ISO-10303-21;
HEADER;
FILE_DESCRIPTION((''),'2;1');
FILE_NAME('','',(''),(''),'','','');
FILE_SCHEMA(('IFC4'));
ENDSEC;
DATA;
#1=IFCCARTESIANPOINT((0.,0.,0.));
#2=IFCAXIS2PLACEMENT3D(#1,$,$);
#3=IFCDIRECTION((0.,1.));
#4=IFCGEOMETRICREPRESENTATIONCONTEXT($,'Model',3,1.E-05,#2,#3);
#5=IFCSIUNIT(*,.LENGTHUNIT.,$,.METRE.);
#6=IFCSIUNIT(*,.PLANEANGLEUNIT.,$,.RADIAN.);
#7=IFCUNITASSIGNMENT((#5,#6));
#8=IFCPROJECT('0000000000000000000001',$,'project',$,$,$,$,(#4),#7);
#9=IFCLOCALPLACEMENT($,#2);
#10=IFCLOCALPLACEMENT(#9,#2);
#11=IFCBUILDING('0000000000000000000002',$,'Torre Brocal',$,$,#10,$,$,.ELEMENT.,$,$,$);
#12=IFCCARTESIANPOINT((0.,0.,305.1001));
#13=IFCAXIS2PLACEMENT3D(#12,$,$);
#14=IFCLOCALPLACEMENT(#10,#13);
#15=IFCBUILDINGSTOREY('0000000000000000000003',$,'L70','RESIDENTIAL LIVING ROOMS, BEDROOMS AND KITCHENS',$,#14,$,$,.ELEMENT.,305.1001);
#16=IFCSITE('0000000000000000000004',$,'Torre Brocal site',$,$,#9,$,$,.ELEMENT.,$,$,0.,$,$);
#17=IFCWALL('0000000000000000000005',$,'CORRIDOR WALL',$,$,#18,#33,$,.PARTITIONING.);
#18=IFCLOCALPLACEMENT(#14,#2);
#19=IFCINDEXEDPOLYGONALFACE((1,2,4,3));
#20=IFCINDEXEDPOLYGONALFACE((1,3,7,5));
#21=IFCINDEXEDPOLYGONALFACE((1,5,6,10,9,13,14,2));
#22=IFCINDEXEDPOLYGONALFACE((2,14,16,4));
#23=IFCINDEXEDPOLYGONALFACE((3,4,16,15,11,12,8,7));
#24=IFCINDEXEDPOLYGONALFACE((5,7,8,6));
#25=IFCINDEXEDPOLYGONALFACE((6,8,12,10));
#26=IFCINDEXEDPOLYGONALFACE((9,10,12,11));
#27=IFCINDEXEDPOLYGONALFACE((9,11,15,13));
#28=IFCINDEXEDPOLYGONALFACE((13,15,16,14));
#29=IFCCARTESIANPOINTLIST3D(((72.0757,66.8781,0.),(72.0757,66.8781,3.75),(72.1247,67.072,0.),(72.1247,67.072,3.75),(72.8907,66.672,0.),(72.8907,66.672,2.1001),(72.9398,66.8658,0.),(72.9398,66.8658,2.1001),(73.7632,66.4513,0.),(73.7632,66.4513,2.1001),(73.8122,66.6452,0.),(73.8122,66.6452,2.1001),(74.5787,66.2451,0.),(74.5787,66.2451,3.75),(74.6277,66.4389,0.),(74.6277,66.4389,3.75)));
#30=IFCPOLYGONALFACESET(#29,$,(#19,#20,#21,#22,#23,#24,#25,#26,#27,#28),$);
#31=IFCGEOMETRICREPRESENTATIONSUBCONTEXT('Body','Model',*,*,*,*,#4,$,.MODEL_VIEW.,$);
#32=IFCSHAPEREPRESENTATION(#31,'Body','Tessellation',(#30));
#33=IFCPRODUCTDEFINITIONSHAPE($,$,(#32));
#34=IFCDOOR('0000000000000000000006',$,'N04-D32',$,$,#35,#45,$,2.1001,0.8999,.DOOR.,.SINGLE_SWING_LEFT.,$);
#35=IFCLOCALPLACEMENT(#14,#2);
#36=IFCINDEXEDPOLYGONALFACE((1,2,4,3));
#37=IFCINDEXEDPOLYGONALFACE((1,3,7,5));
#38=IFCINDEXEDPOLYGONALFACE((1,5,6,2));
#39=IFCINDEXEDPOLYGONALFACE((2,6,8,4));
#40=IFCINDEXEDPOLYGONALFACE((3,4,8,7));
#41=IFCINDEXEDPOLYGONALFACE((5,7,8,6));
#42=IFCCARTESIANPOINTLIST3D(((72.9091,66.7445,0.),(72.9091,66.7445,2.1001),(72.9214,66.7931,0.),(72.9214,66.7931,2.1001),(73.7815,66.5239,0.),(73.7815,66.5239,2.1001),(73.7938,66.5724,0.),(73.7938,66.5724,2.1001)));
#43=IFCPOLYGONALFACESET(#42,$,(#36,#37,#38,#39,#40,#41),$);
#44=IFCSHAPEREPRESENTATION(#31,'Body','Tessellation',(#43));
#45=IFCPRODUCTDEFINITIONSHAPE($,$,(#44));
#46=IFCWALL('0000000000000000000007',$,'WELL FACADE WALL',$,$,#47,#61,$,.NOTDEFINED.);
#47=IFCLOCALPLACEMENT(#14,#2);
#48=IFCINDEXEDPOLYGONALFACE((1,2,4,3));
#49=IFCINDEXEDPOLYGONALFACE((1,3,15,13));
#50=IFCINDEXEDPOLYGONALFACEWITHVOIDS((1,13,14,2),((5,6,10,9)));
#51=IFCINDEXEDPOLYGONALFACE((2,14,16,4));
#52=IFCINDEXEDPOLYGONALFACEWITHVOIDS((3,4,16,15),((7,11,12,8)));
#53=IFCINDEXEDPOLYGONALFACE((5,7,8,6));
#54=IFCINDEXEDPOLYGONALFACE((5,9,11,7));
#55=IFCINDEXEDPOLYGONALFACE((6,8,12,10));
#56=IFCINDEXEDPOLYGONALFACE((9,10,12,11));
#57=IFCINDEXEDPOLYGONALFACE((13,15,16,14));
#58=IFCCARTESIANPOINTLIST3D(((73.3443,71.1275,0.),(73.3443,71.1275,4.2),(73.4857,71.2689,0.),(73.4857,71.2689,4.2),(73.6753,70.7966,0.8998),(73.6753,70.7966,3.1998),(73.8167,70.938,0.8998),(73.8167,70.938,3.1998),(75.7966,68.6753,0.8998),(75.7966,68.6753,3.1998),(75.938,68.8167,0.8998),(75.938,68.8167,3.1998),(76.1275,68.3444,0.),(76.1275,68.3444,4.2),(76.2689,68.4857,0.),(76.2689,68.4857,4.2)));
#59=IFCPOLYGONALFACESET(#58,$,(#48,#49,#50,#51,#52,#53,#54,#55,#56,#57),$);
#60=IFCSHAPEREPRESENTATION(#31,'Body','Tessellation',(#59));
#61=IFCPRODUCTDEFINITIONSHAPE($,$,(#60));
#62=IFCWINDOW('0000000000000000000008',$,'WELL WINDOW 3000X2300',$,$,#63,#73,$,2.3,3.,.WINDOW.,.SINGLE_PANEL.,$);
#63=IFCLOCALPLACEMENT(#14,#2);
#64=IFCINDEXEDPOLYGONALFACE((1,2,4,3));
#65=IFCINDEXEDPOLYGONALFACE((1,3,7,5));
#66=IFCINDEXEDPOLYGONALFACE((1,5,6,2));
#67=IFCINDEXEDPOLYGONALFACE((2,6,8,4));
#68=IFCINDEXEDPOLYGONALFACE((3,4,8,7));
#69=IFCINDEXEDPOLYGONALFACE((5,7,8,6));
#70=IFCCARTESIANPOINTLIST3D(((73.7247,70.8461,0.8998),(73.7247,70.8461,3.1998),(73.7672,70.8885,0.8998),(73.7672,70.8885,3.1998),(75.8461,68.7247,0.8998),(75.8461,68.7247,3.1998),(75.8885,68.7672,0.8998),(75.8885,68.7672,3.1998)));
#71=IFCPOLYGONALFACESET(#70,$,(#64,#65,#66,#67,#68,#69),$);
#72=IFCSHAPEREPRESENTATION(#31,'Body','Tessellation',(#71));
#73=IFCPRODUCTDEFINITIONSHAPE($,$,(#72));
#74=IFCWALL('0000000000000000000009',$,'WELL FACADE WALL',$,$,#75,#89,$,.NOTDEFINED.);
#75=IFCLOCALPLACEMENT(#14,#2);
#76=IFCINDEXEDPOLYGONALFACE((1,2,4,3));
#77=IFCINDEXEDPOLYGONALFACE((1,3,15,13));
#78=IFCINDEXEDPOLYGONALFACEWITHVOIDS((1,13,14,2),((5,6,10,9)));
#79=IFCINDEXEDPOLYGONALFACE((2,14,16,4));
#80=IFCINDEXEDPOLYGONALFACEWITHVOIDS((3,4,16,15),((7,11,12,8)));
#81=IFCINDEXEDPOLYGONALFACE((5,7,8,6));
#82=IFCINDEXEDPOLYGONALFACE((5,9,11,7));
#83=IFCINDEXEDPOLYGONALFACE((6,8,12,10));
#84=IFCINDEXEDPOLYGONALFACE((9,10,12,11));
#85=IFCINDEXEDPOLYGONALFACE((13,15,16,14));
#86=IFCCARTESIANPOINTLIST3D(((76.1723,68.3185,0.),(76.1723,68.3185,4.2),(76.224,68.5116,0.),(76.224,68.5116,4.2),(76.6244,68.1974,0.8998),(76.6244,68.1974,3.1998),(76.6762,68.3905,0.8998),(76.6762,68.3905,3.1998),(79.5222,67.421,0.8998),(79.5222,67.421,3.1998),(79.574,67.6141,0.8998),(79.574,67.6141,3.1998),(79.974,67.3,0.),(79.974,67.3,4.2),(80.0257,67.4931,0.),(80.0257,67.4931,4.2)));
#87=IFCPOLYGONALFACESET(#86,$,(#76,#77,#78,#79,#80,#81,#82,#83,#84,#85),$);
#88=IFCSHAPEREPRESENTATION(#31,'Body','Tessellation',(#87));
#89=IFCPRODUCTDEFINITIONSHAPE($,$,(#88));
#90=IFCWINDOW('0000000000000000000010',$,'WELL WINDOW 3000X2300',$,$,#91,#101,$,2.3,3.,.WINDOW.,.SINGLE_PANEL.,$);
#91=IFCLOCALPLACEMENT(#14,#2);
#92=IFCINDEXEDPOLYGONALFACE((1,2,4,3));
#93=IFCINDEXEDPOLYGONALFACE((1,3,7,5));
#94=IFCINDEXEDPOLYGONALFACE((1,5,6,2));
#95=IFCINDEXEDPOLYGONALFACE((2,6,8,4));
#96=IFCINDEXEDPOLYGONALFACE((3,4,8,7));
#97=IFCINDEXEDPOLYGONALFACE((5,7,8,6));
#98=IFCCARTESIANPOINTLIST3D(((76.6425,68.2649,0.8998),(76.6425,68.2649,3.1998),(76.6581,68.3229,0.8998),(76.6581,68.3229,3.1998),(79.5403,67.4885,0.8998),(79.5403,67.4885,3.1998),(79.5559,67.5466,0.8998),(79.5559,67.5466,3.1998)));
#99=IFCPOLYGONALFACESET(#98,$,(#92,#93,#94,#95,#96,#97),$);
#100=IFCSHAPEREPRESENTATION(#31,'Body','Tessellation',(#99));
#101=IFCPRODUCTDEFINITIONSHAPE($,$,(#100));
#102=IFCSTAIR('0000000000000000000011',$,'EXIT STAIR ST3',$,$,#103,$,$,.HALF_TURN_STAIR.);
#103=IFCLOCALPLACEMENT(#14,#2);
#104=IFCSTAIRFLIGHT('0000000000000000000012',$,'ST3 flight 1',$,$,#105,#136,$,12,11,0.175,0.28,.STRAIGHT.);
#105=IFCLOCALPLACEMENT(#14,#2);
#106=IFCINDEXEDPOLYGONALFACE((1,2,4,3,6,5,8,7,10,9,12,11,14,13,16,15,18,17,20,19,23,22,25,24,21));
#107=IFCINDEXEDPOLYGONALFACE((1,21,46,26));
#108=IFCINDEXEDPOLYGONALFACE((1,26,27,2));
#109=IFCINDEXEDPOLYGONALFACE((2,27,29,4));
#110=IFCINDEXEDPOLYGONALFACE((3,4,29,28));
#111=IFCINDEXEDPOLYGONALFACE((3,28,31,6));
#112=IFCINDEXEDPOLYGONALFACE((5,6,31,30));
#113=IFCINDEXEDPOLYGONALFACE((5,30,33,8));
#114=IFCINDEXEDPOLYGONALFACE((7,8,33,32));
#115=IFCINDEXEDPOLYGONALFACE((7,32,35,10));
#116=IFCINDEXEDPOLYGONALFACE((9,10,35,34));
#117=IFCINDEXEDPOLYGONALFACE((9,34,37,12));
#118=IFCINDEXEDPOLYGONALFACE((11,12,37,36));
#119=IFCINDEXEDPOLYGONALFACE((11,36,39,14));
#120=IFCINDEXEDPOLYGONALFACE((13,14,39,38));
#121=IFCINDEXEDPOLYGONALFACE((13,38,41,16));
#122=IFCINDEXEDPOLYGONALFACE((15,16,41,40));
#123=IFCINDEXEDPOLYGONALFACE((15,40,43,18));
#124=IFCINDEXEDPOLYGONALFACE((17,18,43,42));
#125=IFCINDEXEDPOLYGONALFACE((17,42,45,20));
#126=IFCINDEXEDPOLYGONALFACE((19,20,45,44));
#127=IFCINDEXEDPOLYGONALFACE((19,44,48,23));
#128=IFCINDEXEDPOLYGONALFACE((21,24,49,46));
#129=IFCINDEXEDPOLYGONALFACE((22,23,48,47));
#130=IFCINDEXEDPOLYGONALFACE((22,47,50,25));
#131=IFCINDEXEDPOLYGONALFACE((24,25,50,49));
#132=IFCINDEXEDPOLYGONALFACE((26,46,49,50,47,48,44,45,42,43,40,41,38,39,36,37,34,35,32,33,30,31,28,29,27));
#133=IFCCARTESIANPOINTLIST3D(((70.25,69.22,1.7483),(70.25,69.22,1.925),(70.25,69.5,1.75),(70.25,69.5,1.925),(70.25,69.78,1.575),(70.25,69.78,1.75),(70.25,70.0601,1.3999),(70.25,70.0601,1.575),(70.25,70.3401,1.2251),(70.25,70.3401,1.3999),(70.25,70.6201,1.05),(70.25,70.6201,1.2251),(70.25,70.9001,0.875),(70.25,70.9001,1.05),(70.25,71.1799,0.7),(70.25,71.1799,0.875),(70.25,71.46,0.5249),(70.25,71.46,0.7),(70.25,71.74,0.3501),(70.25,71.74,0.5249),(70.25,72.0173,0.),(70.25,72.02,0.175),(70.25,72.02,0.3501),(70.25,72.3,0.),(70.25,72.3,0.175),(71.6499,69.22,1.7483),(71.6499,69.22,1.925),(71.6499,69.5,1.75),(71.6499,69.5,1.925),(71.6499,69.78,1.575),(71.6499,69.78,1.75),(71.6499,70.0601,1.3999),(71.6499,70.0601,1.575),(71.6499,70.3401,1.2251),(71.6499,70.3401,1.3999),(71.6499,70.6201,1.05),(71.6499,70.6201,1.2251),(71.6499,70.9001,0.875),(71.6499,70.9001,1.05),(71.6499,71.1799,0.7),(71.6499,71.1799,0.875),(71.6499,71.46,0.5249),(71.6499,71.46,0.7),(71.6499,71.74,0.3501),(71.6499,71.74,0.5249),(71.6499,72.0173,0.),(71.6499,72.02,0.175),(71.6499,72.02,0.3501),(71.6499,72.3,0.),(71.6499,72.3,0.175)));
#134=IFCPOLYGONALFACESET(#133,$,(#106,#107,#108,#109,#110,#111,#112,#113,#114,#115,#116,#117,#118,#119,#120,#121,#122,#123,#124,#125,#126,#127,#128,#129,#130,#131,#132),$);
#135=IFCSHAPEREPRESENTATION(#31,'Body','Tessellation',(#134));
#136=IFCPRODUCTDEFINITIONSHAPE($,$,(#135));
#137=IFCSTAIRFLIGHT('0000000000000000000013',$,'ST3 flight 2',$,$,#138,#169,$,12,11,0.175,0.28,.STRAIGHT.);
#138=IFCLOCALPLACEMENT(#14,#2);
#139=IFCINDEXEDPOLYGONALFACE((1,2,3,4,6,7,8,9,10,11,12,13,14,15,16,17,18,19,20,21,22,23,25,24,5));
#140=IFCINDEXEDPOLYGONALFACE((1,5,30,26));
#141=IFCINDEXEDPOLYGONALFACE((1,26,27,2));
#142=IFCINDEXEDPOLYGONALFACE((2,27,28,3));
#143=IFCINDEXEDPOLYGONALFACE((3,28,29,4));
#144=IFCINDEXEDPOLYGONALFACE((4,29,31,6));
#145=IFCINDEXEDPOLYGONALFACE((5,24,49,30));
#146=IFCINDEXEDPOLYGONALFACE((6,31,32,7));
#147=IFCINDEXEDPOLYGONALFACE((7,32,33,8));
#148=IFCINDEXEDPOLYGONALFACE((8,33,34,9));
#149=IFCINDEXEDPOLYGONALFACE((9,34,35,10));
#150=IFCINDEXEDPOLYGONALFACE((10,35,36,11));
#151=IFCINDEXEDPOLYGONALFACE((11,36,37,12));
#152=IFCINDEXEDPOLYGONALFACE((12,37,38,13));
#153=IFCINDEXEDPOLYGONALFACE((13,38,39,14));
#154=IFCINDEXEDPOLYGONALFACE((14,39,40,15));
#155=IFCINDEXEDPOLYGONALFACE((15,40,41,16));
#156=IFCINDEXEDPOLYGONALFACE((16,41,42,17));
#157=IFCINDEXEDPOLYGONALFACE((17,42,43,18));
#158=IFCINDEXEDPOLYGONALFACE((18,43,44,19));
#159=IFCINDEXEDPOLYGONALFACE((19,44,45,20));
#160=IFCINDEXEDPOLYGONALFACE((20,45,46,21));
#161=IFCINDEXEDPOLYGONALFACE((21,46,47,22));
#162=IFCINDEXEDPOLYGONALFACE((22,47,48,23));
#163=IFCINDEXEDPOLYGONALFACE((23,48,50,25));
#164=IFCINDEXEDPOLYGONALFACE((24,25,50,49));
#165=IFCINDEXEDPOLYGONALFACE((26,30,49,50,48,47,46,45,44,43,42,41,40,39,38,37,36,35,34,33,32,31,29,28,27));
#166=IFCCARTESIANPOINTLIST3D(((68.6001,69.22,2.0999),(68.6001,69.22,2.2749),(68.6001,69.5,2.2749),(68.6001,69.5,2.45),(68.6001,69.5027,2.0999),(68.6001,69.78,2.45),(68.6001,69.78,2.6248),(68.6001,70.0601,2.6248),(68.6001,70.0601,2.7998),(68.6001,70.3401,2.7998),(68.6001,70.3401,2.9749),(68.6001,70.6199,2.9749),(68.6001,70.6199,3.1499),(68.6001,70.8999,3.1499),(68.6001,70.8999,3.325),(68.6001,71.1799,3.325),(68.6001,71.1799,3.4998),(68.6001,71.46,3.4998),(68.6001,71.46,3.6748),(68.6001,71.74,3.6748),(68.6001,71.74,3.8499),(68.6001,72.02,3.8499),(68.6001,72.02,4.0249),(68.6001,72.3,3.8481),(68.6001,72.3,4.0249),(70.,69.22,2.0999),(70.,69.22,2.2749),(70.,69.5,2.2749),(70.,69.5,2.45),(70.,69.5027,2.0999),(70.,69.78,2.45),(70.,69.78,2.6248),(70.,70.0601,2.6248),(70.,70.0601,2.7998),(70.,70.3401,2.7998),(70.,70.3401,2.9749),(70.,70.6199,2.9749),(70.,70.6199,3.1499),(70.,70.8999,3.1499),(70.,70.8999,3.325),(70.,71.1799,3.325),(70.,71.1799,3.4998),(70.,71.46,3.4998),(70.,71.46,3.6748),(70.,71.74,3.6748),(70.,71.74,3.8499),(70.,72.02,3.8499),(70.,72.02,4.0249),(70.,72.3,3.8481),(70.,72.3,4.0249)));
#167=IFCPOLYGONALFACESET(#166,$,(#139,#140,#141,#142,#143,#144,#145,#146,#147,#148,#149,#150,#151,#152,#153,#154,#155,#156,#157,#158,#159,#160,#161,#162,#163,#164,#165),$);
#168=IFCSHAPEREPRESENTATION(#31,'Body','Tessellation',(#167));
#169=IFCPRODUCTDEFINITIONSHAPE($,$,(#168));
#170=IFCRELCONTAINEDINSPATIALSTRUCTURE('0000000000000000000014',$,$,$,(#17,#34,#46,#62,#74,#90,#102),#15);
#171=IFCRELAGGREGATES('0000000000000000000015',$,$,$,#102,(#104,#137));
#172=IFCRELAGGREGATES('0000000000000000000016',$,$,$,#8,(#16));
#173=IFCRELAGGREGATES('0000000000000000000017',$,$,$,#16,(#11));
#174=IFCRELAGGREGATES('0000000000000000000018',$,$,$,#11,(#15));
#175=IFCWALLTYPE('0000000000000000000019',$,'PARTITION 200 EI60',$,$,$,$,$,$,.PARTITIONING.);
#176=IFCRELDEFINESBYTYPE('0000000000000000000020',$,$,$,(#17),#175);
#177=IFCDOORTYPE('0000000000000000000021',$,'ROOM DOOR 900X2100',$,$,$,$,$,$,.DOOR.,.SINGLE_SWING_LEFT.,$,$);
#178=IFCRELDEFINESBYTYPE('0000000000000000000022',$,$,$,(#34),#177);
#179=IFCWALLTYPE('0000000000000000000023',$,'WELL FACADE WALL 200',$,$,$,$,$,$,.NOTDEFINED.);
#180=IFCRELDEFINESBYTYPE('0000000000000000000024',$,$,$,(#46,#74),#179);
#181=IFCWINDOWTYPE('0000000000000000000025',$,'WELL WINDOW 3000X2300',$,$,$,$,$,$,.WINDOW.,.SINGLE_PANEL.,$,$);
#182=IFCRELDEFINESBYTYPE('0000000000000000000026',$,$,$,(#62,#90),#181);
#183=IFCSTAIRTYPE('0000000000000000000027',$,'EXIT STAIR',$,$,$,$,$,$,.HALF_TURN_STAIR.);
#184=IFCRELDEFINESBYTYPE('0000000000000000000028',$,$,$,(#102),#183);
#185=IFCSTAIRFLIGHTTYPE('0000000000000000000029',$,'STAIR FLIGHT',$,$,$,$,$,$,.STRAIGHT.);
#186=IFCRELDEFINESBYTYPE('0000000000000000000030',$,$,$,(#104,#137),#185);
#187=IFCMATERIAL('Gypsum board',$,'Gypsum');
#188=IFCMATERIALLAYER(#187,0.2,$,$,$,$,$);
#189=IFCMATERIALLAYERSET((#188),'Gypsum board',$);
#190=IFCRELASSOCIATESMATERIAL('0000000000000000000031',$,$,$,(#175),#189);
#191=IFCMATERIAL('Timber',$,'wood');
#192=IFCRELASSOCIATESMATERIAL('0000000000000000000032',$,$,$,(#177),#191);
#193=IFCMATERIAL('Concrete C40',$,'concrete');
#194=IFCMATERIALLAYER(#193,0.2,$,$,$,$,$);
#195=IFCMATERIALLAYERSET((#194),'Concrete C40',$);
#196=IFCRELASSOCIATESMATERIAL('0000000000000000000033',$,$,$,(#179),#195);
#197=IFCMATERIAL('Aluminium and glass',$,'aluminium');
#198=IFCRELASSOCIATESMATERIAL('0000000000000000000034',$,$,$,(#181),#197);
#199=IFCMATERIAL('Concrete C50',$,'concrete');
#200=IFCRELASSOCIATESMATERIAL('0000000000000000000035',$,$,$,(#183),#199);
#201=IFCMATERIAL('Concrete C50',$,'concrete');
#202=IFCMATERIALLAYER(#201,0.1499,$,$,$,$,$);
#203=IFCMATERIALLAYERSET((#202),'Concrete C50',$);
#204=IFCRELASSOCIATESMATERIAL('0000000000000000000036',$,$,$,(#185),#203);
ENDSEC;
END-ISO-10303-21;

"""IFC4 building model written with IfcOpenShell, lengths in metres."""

from ifc_helpers import new_model, si_unit, direction, frame, frame_2d, origin, place, context, subcontext, project, spatial, polyline, rectangle, outline, extrude, material, layer, layer_set, type_object, element, fill, aggregate, save


model = new_model("IFC4")

# Units and contexts
model_context = context("Model", 3, precision=1e-05, world=origin(), true_north=direction((0.0, 1.0)))
body_context = subcontext(model_context, "Body", "Model", "MODEL_VIEW")
ifc_project = project(units=[si_unit("LENGTHUNIT", "METRE"), si_unit("PLANEANGLEUNIT", "RADIAN")], contexts=[model_context])

# Site, building, storey
site_placement = place(None, origin())
site = spatial("IfcSite", under=ifc_project, at=site_placement, Name="Torre Brocal site", CompositionType="ELEMENT", RefElevation=0.0)
building_placement = place(site_placement, origin())
building = spatial("IfcBuilding", under=site, at=building_placement, Name="Torre Brocal", CompositionType="ELEMENT")
storey_placement = place(building_placement, frame((0.0, 0.0, 305.1001)))
storey = spatial("IfcBuildingStorey", under=building, at=storey_placement, Name="L70", Description="RESIDENTIAL LIVING ROOMS, BEDROOMS AND KITCHENS", CompositionType="ELEMENT", Elevation=305.1001)

# Wall, opening, door
ifc_material_1 = material(Name="Gypsum board", Category="Gypsum")
ifc_layer_1 = layer(ifc_material_1, 0.2)
ifc_layer_set_1 = layer_set([ifc_layer_1], Name="Gypsum board")
wall_type_1 = type_object("IfcWallType", Name="PARTITION 200 EI60", PredefinedType="PARTITIONING", material=ifc_layer_set_1)
wall_1_placement = place(storey_placement, frame((72.1001, 66.9751, 0.0), z_axis=(0.0, 0.0, 1.0), x_axis=(0.969471, -0.245205, 0.0)))
wall_1 = element("IfcWall", 1, at=wall_1_placement, inside=storey, type_object=wall_type_1, Name="CORRIDOR WALL", PredefinedType="PARTITIONING", context=body_context, shape_type="SweptSolid", body=[
    extrude(rectangle(XDim=2.5818, YDim=0.2, at=frame_2d((1.291, 0.0))), origin(), (0.0, 0.0, 1.0), 3.75),
])
opening_1_placement = place(wall_1_placement, frame((0.8408, 0.0, 0.0)))
opening_1 = element("IfcOpeningElement", 2, at=opening_1_placement, cuts=wall_1, PredefinedType="OPENING", context=body_context, shape_type="SweptSolid", body=[
    extrude(rectangle(XDim=0.8999, YDim=2.1001, at=frame_2d((0.45, 1.05))), frame((0.0, 0.1099, 0.0), z_axis=(0.0, -1.0, 0.0), x_axis=(1.0, 0.0, 0.0)), (0.0, 0.0, 1.0), 0.22),
])
ifc_material_2 = material(Name="Timber", Category="wood")
door_type_1 = type_object("IfcDoorType", Name="ROOM DOOR 900X2100", OperationType="SINGLE_SWING_LEFT", PredefinedType="DOOR", material=ifc_material_2)
door_1_placement = place(opening_1_placement, origin())
door_1 = element("IfcDoor", 3, at=door_1_placement, inside=storey, type_object=door_type_1, Name="N04-D32", OperationType="SINGLE_SWING_LEFT", OverallHeight=2.1001, OverallWidth=0.8999, PredefinedType="DOOR", context=body_context, shape_type="SweptSolid", body=[
    extrude(rectangle(XDim=0.8999, YDim=2.1001, at=frame_2d((0.45, 1.05))), frame((0.0, 0.0249, 0.0), z_axis=(0.0, -1.0, 0.0), x_axis=(1.0, 0.0, 0.0)), (0.0, 0.0, 1.0), 0.05),
])
fill(opening_1, door_1)

# Walls, openings, windows
ifc_material_3 = material(Name="Concrete C40", Category="concrete")
ifc_layer_2 = layer(ifc_material_3, 0.2)
ifc_layer_set_2 = layer_set([ifc_layer_2], Name="Concrete C40")
wall_type_2 = type_object("IfcWallType", Name="WELL FACADE WALL 200", PredefinedType="NOTDEFINED", material=ifc_layer_set_2)
wall_2_placement = place(storey_placement, frame((73.415, 71.1982, 0.0), z_axis=(0.0, 0.0, 1.0), x_axis=(0.707107, -0.707107, 0.0)))
wall_2 = element("IfcWall", 4, at=wall_2_placement, inside=storey, type_object=wall_type_2, Name="WELL FACADE WALL", PredefinedType="NOTDEFINED", context=body_context, shape_type="SweptSolid", body=[
    extrude(rectangle(XDim=3.936, YDim=0.2, at=frame_2d((1.968, 0.0))), origin(), (0.0, 0.0, 1.0), 4.2),
])
opening_2_placement = place(wall_2_placement, frame((0.468, 0.0, 0.8999)))
opening_2 = element("IfcOpeningElement", 5, at=opening_2_placement, cuts=wall_2, PredefinedType="OPENING", context=body_context, shape_type="SweptSolid", body=[
    extrude(rectangle(XDim=3.0, YDim=2.3, at=frame_2d((1.5, 1.1499))), frame((0.0, 0.1099, 0.0), z_axis=(0.0, -1.0, 0.0), x_axis=(1.0, 0.0, 0.0)), (0.0, 0.0, 1.0), 0.22),
])
ifc_material_4 = material(Name="Aluminium and glass", Category="aluminium")
window_type = type_object("IfcWindowType", Name="WELL WINDOW 3000X2300", PartitioningType="SINGLE_PANEL", PredefinedType="WINDOW", material=ifc_material_4)
window_1_placement = place(opening_2_placement, origin())
window_1 = element("IfcWindow", 6, at=window_1_placement, inside=storey, type_object=window_type, Name="WELL WINDOW 3000X2300", OverallHeight=2.3, OverallWidth=3.0, PartitioningType="SINGLE_PANEL", PredefinedType="WINDOW", context=body_context, shape_type="SweptSolid", body=[
    extrude(rectangle(XDim=3.0, YDim=2.3, at=frame_2d((1.5, 1.1499))), frame((0.0, 0.03, 0.0), z_axis=(0.0, -1.0, 0.0), x_axis=(1.0, 0.0, 0.0)), (0.0, 0.0, 1.0), 0.0601),
])
fill(opening_2, window_1)
wall_3_placement = place(storey_placement, frame((76.1982, 68.415, 0.0), z_axis=(0.0, 0.0, 1.0), x_axis=(0.965934, -0.25879, 0.0)))
wall_3 = element("IfcWall", 7, at=wall_3_placement, inside=storey, type_object=wall_type_2, Name="WELL FACADE WALL", PredefinedType="NOTDEFINED", context=body_context, shape_type="SweptSolid", body=[
    extrude(rectangle(XDim=3.9358, YDim=0.2, at=frame_2d((1.9678, 0.0))), origin(), (0.0, 0.0, 1.0), 4.2),
])
opening_3_placement = place(wall_3_placement, frame((0.468, 0.0, 0.8999)))
opening_3 = element("IfcOpeningElement", 8, at=opening_3_placement, cuts=wall_3, PredefinedType="OPENING", context=body_context, shape_type="SweptSolid", body=[
    extrude(rectangle(XDim=3.0, YDim=2.3, at=frame_2d((1.5, 1.1499))), frame((0.0, 0.1099, 0.0), z_axis=(0.0, -1.0, 0.0), x_axis=(1.0, 0.0, 0.0)), (0.0, 0.0, 1.0), 0.22),
])
window_2_placement = place(opening_3_placement, origin())
window_2 = element("IfcWindow", 9, at=window_2_placement, inside=storey, type_object=window_type, Name="WELL WINDOW 3000X2300", OverallHeight=2.3, OverallWidth=3.0, PartitioningType="SINGLE_PANEL", PredefinedType="WINDOW", context=body_context, shape_type="SweptSolid", body=[
    extrude(rectangle(XDim=3.0, YDim=2.3, at=frame_2d((1.5, 1.1499))), frame((0.0, 0.03, 0.0), z_axis=(0.0, -1.0, 0.0), x_axis=(1.0, 0.0, 0.0)), (0.0, 0.0, 1.0), 0.0601),
])
fill(opening_3, window_2)

# Stair, stair flights
ifc_material_5 = material(Name="Concrete C50", Category="concrete")
stair_type = type_object("IfcStairType", Name="EXIT STAIR", PredefinedType="HALF_TURN_STAIR", material=ifc_material_5)
stair_placement = place(storey_placement, origin())
stair = element("IfcStair", 10, at=stair_placement, inside=storey, type_object=stair_type, Name="EXIT STAIR ST3", PredefinedType="HALF_TURN_STAIR")
ifc_material_6 = material(Name="Concrete C50", Category="concrete")
ifc_layer_3 = layer(ifc_material_6, 0.1499)
ifc_layer_set_3 = layer_set([ifc_layer_3], Name="Concrete C50")
stair_flight_type = type_object("IfcStairFlightType", Name="STAIR FLIGHT", PredefinedType="STRAIGHT", material=ifc_layer_set_3)
stair_flight_1_placement = place(storey_placement, frame((70.95, 72.3, 0.0), z_axis=(0.0, 0.0, 1.0), x_axis=(0.0, -1.0, 0.0)))
stair_flight_1 = element("IfcStairFlight", 11, at=stair_flight_1_placement, type_object=stair_flight_type, Name="ST3 flight 1", NumberOfRisers=12, NumberOfTreads=11, PredefinedType="STRAIGHT", RiserHeight=0.175, TreadLength=0.28, context=body_context, shape_type="SweptSolid", body=[
    extrude(outline(polyline([(0.0, 0.0), (0.0, 0.175), (0.28, 0.175), (0.28, 0.3501), (0.5601, 0.3501), (0.5601, 0.5249), (0.8401, 0.5249), (0.8401, 0.7), (1.1201, 0.7), (1.1201, 0.875), (1.3999, 0.875), (1.3999, 1.05), (1.6799, 1.05), (1.6799, 1.2251), (1.96, 1.2251), (1.96, 1.3999), (2.24, 1.3999), (2.24, 1.575), (2.52, 1.575), (2.52, 1.75), (2.8, 1.75), (2.8, 1.925), (3.0801, 1.925), (3.0801, 2.1001), (3.0801, 1.7483), (0.2827, 0.0), (0.0, 0.0)])), frame((0.0, 0.7, 0.0), z_axis=(0.0, -1.0, 0.0), x_axis=(1.0, 0.0, 0.0)), (0.0, 0.0, 1.0), 1.3999),
])
stair_flight_2_placement = place(storey_placement, frame((69.3, 69.22, 2.0999), z_axis=(0.0, 0.0, 1.0), x_axis=(0.0, 1.0, 0.0)))
stair_flight_2 = element("IfcStairFlight", 12, at=stair_flight_2_placement, type_object=stair_flight_type, Name="ST3 flight 2", NumberOfRisers=12, NumberOfTreads=11, PredefinedType="STRAIGHT", RiserHeight=0.175, TreadLength=0.28, context=body_context, shape_type="SweptSolid", body=[
    extrude(outline(polyline([(0.0, 0.0), (0.0, 0.175), (0.28, 0.175), (0.28, 0.3501), (0.5601, 0.3501), (0.5601, 0.5249), (0.8401, 0.5249), (0.8401, 0.7), (1.1201, 0.7), (1.1201, 0.875), (1.3999, 0.875), (1.3999, 1.05), (1.6799, 1.05), (1.6799, 1.2251), (1.96, 1.2251), (1.96, 1.3999), (2.24, 1.3999), (2.24, 1.575), (2.52, 1.575), (2.52, 1.75), (2.8, 1.75), (2.8, 1.925), (3.0801, 1.925), (3.0801, 2.1001), (3.0801, 1.7483), (0.2827, 0.0), (0.0, 0.0)])), frame((0.0, 0.7, 0.0), z_axis=(0.0, -1.0, 0.0), x_axis=(1.0, 0.0, 0.0)), (0.0, 0.0, 1.0), 1.3999),
])
aggregate(stair, [stair_flight_1, stair_flight_2])

save(model, "model.ifc")
